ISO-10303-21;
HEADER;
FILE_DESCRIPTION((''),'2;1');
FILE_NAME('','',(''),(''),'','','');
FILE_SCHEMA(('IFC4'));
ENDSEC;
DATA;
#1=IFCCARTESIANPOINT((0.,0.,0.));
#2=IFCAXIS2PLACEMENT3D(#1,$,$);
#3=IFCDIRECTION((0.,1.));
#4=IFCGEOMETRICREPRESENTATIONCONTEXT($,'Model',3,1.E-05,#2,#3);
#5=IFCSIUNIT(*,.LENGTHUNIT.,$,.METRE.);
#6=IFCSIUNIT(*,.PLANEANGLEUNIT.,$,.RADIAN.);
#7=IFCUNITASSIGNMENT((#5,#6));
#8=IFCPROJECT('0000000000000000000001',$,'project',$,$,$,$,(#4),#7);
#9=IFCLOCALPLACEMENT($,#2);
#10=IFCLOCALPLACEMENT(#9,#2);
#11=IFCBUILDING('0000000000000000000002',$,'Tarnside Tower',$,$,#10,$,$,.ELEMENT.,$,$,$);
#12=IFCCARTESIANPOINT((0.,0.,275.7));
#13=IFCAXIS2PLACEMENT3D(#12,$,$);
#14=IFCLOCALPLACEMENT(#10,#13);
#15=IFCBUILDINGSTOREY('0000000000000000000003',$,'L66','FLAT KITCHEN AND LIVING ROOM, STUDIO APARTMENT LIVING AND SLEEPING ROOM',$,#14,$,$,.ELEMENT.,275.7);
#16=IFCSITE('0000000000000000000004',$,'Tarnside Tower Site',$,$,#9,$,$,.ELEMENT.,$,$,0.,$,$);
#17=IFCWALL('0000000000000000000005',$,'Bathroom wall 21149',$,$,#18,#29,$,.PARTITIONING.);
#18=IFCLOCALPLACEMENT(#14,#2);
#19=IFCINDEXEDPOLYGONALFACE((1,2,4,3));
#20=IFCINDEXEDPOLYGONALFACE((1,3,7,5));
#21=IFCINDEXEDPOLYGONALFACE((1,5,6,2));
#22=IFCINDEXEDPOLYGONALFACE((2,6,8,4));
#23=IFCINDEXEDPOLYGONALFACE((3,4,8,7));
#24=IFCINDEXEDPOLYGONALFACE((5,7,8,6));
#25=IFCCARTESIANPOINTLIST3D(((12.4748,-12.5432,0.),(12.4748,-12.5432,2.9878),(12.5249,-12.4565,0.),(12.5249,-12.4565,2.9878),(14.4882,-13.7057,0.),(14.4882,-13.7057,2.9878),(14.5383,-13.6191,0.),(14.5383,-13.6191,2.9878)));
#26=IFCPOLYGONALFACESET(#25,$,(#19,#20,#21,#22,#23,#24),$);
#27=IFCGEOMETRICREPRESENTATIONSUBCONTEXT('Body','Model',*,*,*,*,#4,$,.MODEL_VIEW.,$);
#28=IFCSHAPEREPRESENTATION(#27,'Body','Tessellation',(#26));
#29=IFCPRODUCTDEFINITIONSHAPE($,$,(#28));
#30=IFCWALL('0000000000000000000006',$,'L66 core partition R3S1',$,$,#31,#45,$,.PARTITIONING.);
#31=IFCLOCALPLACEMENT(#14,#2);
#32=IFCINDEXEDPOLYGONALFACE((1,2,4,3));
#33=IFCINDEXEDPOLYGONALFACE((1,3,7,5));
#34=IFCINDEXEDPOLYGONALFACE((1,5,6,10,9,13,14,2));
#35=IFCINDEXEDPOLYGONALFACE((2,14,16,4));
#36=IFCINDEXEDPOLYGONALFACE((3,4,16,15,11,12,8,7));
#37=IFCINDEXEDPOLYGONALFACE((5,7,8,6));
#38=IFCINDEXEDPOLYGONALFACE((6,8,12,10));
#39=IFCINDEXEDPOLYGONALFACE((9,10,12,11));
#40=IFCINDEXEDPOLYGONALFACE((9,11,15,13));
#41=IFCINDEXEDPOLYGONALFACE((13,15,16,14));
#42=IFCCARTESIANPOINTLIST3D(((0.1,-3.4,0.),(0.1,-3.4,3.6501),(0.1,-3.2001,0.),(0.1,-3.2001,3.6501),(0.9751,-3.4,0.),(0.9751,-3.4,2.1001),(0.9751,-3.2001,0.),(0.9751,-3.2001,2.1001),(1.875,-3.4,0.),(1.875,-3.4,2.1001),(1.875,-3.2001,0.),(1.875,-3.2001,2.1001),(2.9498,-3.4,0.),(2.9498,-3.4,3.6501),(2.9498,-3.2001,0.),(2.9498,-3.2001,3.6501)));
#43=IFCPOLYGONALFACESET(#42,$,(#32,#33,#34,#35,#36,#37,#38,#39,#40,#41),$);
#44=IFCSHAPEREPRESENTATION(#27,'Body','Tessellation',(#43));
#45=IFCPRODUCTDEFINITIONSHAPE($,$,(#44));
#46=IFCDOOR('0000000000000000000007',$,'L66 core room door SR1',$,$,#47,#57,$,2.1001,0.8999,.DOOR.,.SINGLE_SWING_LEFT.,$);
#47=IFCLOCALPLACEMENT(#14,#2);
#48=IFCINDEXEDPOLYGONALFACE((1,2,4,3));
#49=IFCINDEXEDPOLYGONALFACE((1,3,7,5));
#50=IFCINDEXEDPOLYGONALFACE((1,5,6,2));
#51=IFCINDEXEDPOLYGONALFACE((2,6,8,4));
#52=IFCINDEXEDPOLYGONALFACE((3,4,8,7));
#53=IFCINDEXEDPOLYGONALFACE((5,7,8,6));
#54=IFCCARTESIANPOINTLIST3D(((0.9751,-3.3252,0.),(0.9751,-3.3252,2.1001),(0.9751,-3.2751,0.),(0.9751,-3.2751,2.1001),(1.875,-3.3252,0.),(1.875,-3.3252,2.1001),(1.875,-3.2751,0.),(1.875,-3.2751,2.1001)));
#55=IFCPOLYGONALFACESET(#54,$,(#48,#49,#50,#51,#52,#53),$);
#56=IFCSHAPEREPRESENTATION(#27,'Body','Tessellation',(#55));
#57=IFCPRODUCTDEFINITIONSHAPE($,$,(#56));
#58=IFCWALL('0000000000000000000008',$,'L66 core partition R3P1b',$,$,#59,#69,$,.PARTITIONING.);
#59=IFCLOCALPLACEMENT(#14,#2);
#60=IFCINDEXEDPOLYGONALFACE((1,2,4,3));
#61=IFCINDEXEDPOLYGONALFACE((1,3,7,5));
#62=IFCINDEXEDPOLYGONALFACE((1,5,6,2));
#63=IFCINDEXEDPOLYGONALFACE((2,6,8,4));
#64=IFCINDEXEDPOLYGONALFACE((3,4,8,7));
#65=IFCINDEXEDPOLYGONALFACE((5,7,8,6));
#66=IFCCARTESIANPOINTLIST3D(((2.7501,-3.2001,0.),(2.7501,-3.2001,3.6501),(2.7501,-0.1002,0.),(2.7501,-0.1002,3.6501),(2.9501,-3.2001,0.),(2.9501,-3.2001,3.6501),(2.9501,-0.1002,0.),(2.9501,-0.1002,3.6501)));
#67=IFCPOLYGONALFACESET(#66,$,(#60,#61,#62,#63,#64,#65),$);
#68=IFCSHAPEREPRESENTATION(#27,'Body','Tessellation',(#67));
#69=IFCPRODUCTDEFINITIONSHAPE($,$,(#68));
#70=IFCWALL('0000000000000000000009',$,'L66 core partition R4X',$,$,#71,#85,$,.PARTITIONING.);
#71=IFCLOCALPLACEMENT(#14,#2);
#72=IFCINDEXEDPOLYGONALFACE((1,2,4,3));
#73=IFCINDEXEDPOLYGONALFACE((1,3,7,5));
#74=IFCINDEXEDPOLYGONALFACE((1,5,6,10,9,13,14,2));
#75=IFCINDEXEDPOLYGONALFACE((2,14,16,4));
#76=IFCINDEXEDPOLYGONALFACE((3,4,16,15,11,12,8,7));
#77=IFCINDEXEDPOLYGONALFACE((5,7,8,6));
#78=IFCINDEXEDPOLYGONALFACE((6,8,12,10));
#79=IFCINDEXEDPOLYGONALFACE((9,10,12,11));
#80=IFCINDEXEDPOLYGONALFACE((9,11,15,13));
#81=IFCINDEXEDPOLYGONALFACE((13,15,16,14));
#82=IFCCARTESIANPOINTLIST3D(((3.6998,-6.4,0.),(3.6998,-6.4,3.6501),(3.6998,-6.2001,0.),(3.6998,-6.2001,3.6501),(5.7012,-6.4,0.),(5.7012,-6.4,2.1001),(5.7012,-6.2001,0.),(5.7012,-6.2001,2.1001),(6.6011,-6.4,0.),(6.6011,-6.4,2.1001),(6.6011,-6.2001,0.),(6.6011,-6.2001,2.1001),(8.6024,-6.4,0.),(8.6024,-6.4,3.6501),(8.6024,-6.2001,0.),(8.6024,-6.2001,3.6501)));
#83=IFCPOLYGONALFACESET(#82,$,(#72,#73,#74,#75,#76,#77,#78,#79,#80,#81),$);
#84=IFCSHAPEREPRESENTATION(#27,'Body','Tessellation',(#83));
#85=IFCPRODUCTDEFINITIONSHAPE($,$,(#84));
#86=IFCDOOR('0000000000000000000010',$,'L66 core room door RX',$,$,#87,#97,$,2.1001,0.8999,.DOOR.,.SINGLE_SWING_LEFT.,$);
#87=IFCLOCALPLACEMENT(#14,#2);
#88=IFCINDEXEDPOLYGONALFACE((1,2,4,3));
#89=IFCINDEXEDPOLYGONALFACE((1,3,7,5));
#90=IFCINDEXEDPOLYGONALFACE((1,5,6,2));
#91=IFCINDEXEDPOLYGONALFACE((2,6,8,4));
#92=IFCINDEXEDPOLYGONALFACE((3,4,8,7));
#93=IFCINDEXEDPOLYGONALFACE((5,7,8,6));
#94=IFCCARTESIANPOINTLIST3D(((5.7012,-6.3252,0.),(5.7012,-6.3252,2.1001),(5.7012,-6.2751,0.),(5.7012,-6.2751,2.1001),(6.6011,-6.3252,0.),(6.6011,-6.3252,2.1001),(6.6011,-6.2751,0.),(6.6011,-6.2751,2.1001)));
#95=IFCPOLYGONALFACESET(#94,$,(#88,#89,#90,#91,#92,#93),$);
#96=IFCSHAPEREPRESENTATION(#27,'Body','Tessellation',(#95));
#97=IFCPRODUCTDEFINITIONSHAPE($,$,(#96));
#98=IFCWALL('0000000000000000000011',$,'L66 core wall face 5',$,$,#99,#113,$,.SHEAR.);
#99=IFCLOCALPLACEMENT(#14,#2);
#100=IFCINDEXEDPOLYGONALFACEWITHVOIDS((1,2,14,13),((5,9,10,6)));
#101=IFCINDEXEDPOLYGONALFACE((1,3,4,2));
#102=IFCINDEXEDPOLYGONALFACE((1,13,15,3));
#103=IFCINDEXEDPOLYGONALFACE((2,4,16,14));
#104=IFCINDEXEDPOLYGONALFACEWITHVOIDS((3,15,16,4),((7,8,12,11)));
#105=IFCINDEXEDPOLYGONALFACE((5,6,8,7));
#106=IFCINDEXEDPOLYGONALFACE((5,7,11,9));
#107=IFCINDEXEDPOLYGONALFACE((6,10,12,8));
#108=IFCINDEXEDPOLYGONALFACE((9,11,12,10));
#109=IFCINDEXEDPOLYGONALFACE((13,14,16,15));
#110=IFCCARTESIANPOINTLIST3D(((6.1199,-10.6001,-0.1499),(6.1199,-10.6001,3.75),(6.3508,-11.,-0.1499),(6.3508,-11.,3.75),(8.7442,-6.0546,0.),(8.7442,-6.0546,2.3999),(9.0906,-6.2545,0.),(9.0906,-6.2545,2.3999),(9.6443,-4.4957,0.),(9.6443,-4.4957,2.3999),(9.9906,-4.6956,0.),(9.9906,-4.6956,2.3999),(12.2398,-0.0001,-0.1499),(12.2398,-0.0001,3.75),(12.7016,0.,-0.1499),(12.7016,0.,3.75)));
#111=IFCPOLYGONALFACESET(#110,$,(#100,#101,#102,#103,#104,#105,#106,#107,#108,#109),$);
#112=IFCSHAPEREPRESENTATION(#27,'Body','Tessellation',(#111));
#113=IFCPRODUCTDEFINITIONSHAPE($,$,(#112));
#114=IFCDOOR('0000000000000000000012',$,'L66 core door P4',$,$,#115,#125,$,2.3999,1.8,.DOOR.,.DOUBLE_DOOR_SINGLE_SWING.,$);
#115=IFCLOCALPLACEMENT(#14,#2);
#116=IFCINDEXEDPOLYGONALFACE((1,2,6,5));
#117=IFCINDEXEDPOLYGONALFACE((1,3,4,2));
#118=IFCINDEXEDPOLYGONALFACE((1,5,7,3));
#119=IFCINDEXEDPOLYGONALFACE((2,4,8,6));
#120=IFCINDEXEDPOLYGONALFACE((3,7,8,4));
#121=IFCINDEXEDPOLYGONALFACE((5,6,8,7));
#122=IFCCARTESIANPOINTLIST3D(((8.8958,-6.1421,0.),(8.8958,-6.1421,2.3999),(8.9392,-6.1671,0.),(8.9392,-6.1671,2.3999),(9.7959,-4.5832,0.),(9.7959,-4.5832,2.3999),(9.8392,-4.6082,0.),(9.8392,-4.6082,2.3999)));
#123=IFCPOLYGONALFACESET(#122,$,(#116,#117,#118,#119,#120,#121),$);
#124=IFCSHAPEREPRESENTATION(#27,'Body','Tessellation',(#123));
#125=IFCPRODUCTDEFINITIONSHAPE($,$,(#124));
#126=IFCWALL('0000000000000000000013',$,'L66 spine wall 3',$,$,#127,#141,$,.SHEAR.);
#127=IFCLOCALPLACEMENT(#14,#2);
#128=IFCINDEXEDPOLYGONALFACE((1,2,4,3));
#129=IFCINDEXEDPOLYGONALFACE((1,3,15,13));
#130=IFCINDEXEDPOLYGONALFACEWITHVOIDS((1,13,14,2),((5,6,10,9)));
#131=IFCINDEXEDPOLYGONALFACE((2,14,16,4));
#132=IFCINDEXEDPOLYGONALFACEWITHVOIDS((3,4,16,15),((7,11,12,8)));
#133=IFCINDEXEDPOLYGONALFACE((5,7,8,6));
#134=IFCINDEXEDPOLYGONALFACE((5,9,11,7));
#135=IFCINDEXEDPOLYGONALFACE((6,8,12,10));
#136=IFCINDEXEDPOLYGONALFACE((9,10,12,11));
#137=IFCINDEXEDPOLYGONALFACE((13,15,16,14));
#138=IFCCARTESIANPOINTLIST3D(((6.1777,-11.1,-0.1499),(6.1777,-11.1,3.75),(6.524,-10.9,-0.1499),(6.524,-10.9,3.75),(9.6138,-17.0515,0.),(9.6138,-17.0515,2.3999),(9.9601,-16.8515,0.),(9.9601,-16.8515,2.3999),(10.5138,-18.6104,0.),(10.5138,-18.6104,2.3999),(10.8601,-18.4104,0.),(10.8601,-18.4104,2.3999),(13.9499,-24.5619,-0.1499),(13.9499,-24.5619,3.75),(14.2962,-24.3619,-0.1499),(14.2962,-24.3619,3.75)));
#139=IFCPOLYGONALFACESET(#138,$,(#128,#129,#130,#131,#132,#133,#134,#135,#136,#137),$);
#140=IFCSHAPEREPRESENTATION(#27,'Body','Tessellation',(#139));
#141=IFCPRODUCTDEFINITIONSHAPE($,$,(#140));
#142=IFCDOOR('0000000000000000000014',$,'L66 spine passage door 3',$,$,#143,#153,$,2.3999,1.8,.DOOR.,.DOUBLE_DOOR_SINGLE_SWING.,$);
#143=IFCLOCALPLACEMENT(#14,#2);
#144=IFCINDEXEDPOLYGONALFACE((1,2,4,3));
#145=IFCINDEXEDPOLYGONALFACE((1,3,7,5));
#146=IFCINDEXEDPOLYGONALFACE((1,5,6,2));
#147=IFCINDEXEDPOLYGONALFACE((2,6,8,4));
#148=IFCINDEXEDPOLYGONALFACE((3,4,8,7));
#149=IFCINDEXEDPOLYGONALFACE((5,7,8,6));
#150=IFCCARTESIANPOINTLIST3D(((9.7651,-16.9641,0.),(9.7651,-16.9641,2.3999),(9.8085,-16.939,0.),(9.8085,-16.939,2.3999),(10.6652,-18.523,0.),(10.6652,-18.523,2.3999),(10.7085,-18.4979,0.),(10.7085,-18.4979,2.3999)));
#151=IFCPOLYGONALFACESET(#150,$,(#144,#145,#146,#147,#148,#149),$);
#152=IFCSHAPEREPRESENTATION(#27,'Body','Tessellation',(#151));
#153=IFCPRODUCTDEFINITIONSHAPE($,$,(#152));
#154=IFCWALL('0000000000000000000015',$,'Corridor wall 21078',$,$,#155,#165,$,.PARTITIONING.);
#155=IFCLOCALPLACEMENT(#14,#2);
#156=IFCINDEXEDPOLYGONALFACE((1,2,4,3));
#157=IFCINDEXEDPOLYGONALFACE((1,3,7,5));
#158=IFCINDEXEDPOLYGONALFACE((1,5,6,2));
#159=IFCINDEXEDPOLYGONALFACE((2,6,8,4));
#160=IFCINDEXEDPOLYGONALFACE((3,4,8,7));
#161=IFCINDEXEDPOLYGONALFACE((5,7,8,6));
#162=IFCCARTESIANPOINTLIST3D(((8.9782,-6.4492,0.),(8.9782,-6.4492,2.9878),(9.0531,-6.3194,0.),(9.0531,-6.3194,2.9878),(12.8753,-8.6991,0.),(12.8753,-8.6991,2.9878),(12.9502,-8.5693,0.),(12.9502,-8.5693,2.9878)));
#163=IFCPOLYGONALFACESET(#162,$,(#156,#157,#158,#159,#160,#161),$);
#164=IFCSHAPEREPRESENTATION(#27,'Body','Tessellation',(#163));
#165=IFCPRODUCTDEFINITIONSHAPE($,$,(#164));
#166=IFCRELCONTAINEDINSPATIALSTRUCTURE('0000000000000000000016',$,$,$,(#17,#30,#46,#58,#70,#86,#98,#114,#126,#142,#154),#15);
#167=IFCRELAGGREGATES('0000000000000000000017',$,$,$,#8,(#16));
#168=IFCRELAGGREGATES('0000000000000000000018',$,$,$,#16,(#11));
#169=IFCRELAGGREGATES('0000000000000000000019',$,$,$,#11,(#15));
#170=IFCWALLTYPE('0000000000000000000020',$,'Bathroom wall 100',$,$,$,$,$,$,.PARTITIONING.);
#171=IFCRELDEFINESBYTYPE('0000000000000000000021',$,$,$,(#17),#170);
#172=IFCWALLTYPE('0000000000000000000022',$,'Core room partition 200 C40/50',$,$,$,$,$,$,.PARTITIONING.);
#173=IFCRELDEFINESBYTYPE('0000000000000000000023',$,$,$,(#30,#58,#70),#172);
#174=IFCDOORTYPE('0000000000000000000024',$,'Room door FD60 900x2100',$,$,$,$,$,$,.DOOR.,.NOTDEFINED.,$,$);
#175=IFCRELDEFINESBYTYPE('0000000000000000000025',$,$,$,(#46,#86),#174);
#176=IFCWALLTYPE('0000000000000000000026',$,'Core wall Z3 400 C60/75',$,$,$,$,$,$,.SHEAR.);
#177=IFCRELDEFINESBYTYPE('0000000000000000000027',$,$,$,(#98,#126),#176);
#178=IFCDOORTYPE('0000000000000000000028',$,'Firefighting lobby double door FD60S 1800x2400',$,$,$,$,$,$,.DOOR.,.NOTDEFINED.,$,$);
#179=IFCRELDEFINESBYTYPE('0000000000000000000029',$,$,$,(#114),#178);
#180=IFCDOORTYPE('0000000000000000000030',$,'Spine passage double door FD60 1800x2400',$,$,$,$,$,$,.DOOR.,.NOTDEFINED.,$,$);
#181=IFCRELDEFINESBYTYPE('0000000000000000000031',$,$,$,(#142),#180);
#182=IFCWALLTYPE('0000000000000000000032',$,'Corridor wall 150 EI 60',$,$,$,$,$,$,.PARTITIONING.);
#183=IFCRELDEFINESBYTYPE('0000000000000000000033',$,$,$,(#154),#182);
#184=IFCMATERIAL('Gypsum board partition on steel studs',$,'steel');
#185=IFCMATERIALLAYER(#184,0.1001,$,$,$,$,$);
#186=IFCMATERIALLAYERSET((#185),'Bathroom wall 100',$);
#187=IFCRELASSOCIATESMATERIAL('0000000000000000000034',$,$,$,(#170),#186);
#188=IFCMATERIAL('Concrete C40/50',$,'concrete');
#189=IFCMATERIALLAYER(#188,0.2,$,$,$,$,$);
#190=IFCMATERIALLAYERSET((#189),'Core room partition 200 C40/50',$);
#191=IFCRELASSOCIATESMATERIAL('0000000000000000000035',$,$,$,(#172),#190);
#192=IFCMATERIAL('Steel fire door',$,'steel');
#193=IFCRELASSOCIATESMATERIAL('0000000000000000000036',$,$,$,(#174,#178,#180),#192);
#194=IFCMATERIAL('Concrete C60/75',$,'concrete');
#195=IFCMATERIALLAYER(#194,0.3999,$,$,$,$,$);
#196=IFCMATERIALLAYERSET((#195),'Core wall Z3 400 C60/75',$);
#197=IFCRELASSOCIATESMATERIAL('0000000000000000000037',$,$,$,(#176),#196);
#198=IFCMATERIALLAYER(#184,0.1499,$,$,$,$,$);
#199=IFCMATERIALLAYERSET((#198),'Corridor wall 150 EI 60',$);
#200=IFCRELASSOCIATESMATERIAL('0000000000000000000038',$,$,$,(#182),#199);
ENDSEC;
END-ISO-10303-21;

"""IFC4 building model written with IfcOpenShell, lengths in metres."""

from ifc_helpers import new_model, si_unit, direction, frame, frame_2d, origin, place, context, subcontext, project, spatial, polyline, rectangle, outline, extrude, material, layer, layer_set, type_object, element, fill, save


model = new_model("IFC4")

# Units and contexts
model_context = context("Model", 3, precision=1e-05, world=origin(), true_north=direction((0.0, 1.0)))
body_context = subcontext(model_context, "Body", "Model", "MODEL_VIEW")
ifc_project = project(units=[si_unit("LENGTHUNIT", "METRE"), si_unit("PLANEANGLEUNIT", "RADIAN")], contexts=[model_context])

# Site, building, storey
site_placement = place(None, origin())
site = spatial("IfcSite", under=ifc_project, at=site_placement, Name="Tarnside Tower Site", CompositionType="ELEMENT", RefElevation=0.0)
building_placement = place(site_placement, origin())
building = spatial("IfcBuilding", under=site, at=building_placement, Name="Tarnside Tower", CompositionType="ELEMENT")
storey_placement = place(building_placement, frame((0.0, 0.0, 275.7)))
storey = spatial("IfcBuildingStorey", under=building, at=storey_placement, Name="L66", Description="FLAT KITCHEN AND LIVING ROOM, STUDIO APARTMENT LIVING AND SLEEPING ROOM", CompositionType="ELEMENT", Elevation=275.7)

# Wall
ifc_material_1 = material(Name="Gypsum board partition on steel studs", Category="steel")
ifc_layer_1 = layer(ifc_material_1, 0.1001)
ifc_layer_set_1 = layer_set([ifc_layer_1], Name="Bathroom wall 100")
wall_type_1 = type_object("IfcWallType", Name="Bathroom wall 100", PredefinedType="PARTITIONING", material=ifc_layer_set_1)
wall_1_placement = place(storey_placement, frame((12.4998, -12.4998, 0.0), z_axis=(0.0, 0.0, 1.0), x_axis=(0.865998, -0.500047, 0.0)))
element("IfcWall", 1, at=wall_1_placement, inside=storey, type_object=wall_type_1, Name="Bathroom wall 21149", PredefinedType="PARTITIONING", context=body_context, shape_type="SweptSolid", body=[
    extrude(rectangle(XDim=2.325, YDim=0.1001, at=frame_2d((1.1626, 0.0))), origin(), (0.0, 0.0, 1.0), 2.9878),
])

# Wall, opening, door
ifc_material_2 = material(Name="Concrete C40/50", Category="concrete")
ifc_layer_2 = layer(ifc_material_2, 0.2)
ifc_layer_set_2 = layer_set([ifc_layer_2], Name="Core room partition 200 C40/50")
wall_type_2 = type_object("IfcWallType", Name="Core room partition 200 C40/50", PredefinedType="PARTITIONING", material=ifc_layer_set_2)
wall_2_placement = place(storey_placement, frame((0.1001, -3.3, 0.0), z_axis=(0.0, 0.0, 1.0), x_axis=(1.0, 0.0, 0.0)))
wall_2 = element("IfcWall", 2, at=wall_2_placement, inside=storey, type_object=wall_type_2, Name="L66 core partition R3S1", PredefinedType="PARTITIONING", context=body_context, shape_type="SweptSolid", body=[
    extrude(rectangle(XDim=2.8499, YDim=0.2, at=frame_2d((1.4248, 0.0))), origin(), (0.0, 0.0, 1.0), 3.6501),
])
opening_1_placement = place(wall_2_placement, frame((0.875, 0.0, 0.0)))
opening_1 = element("IfcOpeningElement", 3, at=opening_1_placement, cuts=wall_2, PredefinedType="OPENING", context=body_context, shape_type="SweptSolid", body=[
    extrude(rectangle(XDim=0.8999, YDim=2.1001, at=frame_2d((0.45, 1.05))), frame((0.0, 0.1099, 0.0), z_axis=(0.0, -1.0, 0.0), x_axis=(1.0, 0.0, 0.0)), (0.0, 0.0, 1.0), 0.22),
])
ifc_material_3 = material(Name="Steel fire door", Category="steel")
door_type_1 = type_object("IfcDoorType", Name="Room door FD60 900x2100", OperationType="NOTDEFINED", PredefinedType="DOOR", material=ifc_material_3)
door_1_placement = place(opening_1_placement, origin())
door_1 = element("IfcDoor", 4, at=door_1_placement, inside=storey, type_object=door_type_1, Name="L66 core room door SR1", OperationType="SINGLE_SWING_LEFT", OverallHeight=2.1001, OverallWidth=0.8999, PredefinedType="DOOR", context=body_context, shape_type="SweptSolid", body=[
    extrude(rectangle(XDim=0.8999, YDim=2.1001, at=frame_2d((0.45, 1.05))), frame((0.0, 0.0249, 0.0), z_axis=(0.0, -1.0, 0.0), x_axis=(1.0, 0.0, 0.0)), (0.0, 0.0, 1.0), 0.05),
])
fill(opening_1, door_1)

# Wall
wall_3_placement = place(storey_placement, frame((2.8501, -3.2, 0.0), z_axis=(0.0, 0.0, 1.0), x_axis=(0.0, 1.0, 0.0)))
element("IfcWall", 5, at=wall_3_placement, inside=storey, type_object=wall_type_2, Name="L66 core partition R3P1b", PredefinedType="PARTITIONING", context=body_context, shape_type="SweptSolid", body=[
    extrude(rectangle(XDim=3.0999, YDim=0.2, at=frame_2d((1.5498, 0.0))), origin(), (0.0, 0.0, 1.0), 3.6501),
])

# Walls, openings, doors
wall_4_placement = place(storey_placement, frame((3.7, -6.3, 0.0), z_axis=(0.0, 0.0, 1.0), x_axis=(1.0, 0.0, 0.0)))
wall_4 = element("IfcWall", 6, at=wall_4_placement, inside=storey, type_object=wall_type_2, Name="L66 core partition R4X", PredefinedType="PARTITIONING", context=body_context, shape_type="SweptSolid", body=[
    extrude(rectangle(XDim=4.9026, YDim=0.2, at=frame_2d((2.4512, 0.0))), origin(), (0.0, 0.0, 1.0), 3.6501),
])
opening_2_placement = place(wall_4_placement, frame((2.0012, 0.0, 0.0)))
opening_2 = element("IfcOpeningElement", 7, at=opening_2_placement, cuts=wall_4, PredefinedType="OPENING", context=body_context, shape_type="SweptSolid", body=[
    extrude(rectangle(XDim=0.8999, YDim=2.1001, at=frame_2d((0.45, 1.05))), frame((0.0, 0.1099, 0.0), z_axis=(0.0, -1.0, 0.0), x_axis=(1.0, 0.0, 0.0)), (0.0, 0.0, 1.0), 0.22),
])
door_2_placement = place(opening_2_placement, origin())
door_2 = element("IfcDoor", 8, at=door_2_placement, inside=storey, type_object=door_type_1, Name="L66 core room door RX", OperationType="SINGLE_SWING_LEFT", OverallHeight=2.1001, OverallWidth=0.8999, PredefinedType="DOOR", context=body_context, shape_type="SweptSolid", body=[
    extrude(rectangle(XDim=0.8999, YDim=2.1001, at=frame_2d((0.45, 1.05))), frame((0.0, 0.0249, 0.0), z_axis=(0.0, -1.0, 0.0), x_axis=(1.0, 0.0, 0.0)), (0.0, 0.0, 1.0), 0.05),
])
fill(opening_2, door_2)
ifc_material_4 = material(Name="Concrete C60/75", Category="concrete")
ifc_layer_3 = layer(ifc_material_4, 0.3999)
ifc_layer_set_3 = layer_set([ifc_layer_3], Name="Core wall Z3 400 C60/75")
wall_type_3 = type_object("IfcWallType", Name="Core wall Z3 400 C60/75", PredefinedType="SHEAR", material=ifc_layer_set_3)
wall_5_placement = place(storey_placement, frame((6.2354, -10.8, -0.1499), z_axis=(0.0, 0.0, 1.0), x_axis=(0.499996, 0.866027, 0.0)))
wall_5 = element("IfcWall", 9, at=wall_5_placement, inside=storey, type_object=wall_type_3, Name="L66 core wall face 5", PredefinedType="SHEAR", context=body_context, shape_type="SweptSolid", body=[
    extrude(outline(polyline([(-0.1155, -0.2), (12.5862, -0.2), (12.3552, 0.2), (0.1155, 0.2), (-0.1155, -0.2)])), origin(), (0.0, 0.0, 1.0), 3.8999),
])
opening_3_placement = place(wall_5_placement, frame((5.3643, 0.0, 0.1499)))
opening_3 = element("IfcOpeningElement", 10, at=opening_3_placement, cuts=wall_5, PredefinedType="OPENING", context=body_context, shape_type="SweptSolid", body=[
    extrude(rectangle(XDim=1.8, YDim=2.3999, at=frame_2d((0.8999, 1.2))), frame((0.0, 0.21, 0.0), z_axis=(0.0, -1.0, 0.0), x_axis=(1.0, 0.0, 0.0)), (0.0, 0.0, 1.0), 0.4199),
])
door_type_2 = type_object("IfcDoorType", Name="Firefighting lobby double door FD60S 1800x2400", OperationType="NOTDEFINED", PredefinedType="DOOR", material=ifc_material_3)
door_3_placement = place(opening_3_placement, origin())
door_3 = element("IfcDoor", 11, at=door_3_placement, inside=storey, type_object=door_type_2, Name="L66 core door P4", OperationType="DOUBLE_DOOR_SINGLE_SWING", OverallHeight=2.3999, OverallWidth=1.8, PredefinedType="DOOR", context=body_context, shape_type="SweptSolid", body=[
    extrude(rectangle(XDim=1.8, YDim=2.3999, at=frame_2d((0.8999, 1.2))), frame((0.0, 0.0249, 0.0), z_axis=(0.0, -1.0, 0.0), x_axis=(1.0, 0.0, 0.0)), (0.0, 0.0, 1.0), 0.05),
])
fill(opening_3, door_3)
wall_6_placement = place(storey_placement, frame((6.3508, -11.0, -0.1499), z_axis=(0.0, 0.0, 1.0), x_axis=(0.499999, -0.866026, 0.0)))
wall_6 = element("IfcWall", 12, at=wall_6_placement, inside=storey, type_object=wall_type_3, Name="L66 spine wall 3", PredefinedType="SHEAR", context=body_context, shape_type="SweptSolid", body=[
    extrude(rectangle(XDim=15.5444, YDim=0.3999, at=frame_2d((7.7722, 0.0))), origin(), (0.0, 0.0, 1.0), 3.8999),
])
opening_4_placement = place(wall_6_placement, frame((6.8723, 0.0, 0.1499)))
opening_4 = element("IfcOpeningElement", 13, at=opening_4_placement, cuts=wall_6, PredefinedType="OPENING", context=body_context, shape_type="SweptSolid", body=[
    extrude(rectangle(XDim=1.8, YDim=2.3999, at=frame_2d((0.8999, 1.2))), frame((0.0, 0.21, 0.0), z_axis=(0.0, -1.0, 0.0), x_axis=(1.0, 0.0, 0.0)), (0.0, 0.0, 1.0), 0.4199),
])
door_type_3 = type_object("IfcDoorType", Name="Spine passage double door FD60 1800x2400", OperationType="NOTDEFINED", PredefinedType="DOOR", material=ifc_material_3)
door_4_placement = place(opening_4_placement, origin())
door_4 = element("IfcDoor", 14, at=door_4_placement, inside=storey, type_object=door_type_3, Name="L66 spine passage door 3", OperationType="DOUBLE_DOOR_SINGLE_SWING", OverallHeight=2.3999, OverallWidth=1.8, PredefinedType="DOOR", context=body_context, shape_type="SweptSolid", body=[
    extrude(rectangle(XDim=1.8, YDim=2.3999, at=frame_2d((0.8999, 1.2))), frame((0.0, 0.0249, 0.0), z_axis=(0.0, -1.0, 0.0), x_axis=(1.0, 0.0, 0.0)), (0.0, 0.0, 1.0), 0.05),
])
fill(opening_4, door_4)

# Wall
ifc_layer_4 = layer(ifc_material_1, 0.1499)
ifc_layer_set_4 = layer_set([ifc_layer_4], Name="Corridor wall 150 EI 60")
wall_type_4 = type_object("IfcWallType", Name="Corridor wall 150 EI 60", PredefinedType="PARTITIONING", material=ifc_layer_set_4)
wall_7_placement = place(storey_placement, frame((9.0156, -6.3843, 0.0), z_axis=(0.0, 0.0, 1.0), x_axis=(0.866031, -0.49999, 0.0)))
element("IfcWall", 15, at=wall_7_placement, inside=storey, type_object=wall_type_4, Name="Corridor wall 21078", PredefinedType="PARTITIONING", context=body_context, shape_type="SweptSolid", body=[
    extrude(rectangle(XDim=4.5, YDim=0.1499, at=frame_2d((2.25, 0.0))), origin(), (0.0, 0.0, 1.0), 2.9878),
])

save(model, "model.ifc")
